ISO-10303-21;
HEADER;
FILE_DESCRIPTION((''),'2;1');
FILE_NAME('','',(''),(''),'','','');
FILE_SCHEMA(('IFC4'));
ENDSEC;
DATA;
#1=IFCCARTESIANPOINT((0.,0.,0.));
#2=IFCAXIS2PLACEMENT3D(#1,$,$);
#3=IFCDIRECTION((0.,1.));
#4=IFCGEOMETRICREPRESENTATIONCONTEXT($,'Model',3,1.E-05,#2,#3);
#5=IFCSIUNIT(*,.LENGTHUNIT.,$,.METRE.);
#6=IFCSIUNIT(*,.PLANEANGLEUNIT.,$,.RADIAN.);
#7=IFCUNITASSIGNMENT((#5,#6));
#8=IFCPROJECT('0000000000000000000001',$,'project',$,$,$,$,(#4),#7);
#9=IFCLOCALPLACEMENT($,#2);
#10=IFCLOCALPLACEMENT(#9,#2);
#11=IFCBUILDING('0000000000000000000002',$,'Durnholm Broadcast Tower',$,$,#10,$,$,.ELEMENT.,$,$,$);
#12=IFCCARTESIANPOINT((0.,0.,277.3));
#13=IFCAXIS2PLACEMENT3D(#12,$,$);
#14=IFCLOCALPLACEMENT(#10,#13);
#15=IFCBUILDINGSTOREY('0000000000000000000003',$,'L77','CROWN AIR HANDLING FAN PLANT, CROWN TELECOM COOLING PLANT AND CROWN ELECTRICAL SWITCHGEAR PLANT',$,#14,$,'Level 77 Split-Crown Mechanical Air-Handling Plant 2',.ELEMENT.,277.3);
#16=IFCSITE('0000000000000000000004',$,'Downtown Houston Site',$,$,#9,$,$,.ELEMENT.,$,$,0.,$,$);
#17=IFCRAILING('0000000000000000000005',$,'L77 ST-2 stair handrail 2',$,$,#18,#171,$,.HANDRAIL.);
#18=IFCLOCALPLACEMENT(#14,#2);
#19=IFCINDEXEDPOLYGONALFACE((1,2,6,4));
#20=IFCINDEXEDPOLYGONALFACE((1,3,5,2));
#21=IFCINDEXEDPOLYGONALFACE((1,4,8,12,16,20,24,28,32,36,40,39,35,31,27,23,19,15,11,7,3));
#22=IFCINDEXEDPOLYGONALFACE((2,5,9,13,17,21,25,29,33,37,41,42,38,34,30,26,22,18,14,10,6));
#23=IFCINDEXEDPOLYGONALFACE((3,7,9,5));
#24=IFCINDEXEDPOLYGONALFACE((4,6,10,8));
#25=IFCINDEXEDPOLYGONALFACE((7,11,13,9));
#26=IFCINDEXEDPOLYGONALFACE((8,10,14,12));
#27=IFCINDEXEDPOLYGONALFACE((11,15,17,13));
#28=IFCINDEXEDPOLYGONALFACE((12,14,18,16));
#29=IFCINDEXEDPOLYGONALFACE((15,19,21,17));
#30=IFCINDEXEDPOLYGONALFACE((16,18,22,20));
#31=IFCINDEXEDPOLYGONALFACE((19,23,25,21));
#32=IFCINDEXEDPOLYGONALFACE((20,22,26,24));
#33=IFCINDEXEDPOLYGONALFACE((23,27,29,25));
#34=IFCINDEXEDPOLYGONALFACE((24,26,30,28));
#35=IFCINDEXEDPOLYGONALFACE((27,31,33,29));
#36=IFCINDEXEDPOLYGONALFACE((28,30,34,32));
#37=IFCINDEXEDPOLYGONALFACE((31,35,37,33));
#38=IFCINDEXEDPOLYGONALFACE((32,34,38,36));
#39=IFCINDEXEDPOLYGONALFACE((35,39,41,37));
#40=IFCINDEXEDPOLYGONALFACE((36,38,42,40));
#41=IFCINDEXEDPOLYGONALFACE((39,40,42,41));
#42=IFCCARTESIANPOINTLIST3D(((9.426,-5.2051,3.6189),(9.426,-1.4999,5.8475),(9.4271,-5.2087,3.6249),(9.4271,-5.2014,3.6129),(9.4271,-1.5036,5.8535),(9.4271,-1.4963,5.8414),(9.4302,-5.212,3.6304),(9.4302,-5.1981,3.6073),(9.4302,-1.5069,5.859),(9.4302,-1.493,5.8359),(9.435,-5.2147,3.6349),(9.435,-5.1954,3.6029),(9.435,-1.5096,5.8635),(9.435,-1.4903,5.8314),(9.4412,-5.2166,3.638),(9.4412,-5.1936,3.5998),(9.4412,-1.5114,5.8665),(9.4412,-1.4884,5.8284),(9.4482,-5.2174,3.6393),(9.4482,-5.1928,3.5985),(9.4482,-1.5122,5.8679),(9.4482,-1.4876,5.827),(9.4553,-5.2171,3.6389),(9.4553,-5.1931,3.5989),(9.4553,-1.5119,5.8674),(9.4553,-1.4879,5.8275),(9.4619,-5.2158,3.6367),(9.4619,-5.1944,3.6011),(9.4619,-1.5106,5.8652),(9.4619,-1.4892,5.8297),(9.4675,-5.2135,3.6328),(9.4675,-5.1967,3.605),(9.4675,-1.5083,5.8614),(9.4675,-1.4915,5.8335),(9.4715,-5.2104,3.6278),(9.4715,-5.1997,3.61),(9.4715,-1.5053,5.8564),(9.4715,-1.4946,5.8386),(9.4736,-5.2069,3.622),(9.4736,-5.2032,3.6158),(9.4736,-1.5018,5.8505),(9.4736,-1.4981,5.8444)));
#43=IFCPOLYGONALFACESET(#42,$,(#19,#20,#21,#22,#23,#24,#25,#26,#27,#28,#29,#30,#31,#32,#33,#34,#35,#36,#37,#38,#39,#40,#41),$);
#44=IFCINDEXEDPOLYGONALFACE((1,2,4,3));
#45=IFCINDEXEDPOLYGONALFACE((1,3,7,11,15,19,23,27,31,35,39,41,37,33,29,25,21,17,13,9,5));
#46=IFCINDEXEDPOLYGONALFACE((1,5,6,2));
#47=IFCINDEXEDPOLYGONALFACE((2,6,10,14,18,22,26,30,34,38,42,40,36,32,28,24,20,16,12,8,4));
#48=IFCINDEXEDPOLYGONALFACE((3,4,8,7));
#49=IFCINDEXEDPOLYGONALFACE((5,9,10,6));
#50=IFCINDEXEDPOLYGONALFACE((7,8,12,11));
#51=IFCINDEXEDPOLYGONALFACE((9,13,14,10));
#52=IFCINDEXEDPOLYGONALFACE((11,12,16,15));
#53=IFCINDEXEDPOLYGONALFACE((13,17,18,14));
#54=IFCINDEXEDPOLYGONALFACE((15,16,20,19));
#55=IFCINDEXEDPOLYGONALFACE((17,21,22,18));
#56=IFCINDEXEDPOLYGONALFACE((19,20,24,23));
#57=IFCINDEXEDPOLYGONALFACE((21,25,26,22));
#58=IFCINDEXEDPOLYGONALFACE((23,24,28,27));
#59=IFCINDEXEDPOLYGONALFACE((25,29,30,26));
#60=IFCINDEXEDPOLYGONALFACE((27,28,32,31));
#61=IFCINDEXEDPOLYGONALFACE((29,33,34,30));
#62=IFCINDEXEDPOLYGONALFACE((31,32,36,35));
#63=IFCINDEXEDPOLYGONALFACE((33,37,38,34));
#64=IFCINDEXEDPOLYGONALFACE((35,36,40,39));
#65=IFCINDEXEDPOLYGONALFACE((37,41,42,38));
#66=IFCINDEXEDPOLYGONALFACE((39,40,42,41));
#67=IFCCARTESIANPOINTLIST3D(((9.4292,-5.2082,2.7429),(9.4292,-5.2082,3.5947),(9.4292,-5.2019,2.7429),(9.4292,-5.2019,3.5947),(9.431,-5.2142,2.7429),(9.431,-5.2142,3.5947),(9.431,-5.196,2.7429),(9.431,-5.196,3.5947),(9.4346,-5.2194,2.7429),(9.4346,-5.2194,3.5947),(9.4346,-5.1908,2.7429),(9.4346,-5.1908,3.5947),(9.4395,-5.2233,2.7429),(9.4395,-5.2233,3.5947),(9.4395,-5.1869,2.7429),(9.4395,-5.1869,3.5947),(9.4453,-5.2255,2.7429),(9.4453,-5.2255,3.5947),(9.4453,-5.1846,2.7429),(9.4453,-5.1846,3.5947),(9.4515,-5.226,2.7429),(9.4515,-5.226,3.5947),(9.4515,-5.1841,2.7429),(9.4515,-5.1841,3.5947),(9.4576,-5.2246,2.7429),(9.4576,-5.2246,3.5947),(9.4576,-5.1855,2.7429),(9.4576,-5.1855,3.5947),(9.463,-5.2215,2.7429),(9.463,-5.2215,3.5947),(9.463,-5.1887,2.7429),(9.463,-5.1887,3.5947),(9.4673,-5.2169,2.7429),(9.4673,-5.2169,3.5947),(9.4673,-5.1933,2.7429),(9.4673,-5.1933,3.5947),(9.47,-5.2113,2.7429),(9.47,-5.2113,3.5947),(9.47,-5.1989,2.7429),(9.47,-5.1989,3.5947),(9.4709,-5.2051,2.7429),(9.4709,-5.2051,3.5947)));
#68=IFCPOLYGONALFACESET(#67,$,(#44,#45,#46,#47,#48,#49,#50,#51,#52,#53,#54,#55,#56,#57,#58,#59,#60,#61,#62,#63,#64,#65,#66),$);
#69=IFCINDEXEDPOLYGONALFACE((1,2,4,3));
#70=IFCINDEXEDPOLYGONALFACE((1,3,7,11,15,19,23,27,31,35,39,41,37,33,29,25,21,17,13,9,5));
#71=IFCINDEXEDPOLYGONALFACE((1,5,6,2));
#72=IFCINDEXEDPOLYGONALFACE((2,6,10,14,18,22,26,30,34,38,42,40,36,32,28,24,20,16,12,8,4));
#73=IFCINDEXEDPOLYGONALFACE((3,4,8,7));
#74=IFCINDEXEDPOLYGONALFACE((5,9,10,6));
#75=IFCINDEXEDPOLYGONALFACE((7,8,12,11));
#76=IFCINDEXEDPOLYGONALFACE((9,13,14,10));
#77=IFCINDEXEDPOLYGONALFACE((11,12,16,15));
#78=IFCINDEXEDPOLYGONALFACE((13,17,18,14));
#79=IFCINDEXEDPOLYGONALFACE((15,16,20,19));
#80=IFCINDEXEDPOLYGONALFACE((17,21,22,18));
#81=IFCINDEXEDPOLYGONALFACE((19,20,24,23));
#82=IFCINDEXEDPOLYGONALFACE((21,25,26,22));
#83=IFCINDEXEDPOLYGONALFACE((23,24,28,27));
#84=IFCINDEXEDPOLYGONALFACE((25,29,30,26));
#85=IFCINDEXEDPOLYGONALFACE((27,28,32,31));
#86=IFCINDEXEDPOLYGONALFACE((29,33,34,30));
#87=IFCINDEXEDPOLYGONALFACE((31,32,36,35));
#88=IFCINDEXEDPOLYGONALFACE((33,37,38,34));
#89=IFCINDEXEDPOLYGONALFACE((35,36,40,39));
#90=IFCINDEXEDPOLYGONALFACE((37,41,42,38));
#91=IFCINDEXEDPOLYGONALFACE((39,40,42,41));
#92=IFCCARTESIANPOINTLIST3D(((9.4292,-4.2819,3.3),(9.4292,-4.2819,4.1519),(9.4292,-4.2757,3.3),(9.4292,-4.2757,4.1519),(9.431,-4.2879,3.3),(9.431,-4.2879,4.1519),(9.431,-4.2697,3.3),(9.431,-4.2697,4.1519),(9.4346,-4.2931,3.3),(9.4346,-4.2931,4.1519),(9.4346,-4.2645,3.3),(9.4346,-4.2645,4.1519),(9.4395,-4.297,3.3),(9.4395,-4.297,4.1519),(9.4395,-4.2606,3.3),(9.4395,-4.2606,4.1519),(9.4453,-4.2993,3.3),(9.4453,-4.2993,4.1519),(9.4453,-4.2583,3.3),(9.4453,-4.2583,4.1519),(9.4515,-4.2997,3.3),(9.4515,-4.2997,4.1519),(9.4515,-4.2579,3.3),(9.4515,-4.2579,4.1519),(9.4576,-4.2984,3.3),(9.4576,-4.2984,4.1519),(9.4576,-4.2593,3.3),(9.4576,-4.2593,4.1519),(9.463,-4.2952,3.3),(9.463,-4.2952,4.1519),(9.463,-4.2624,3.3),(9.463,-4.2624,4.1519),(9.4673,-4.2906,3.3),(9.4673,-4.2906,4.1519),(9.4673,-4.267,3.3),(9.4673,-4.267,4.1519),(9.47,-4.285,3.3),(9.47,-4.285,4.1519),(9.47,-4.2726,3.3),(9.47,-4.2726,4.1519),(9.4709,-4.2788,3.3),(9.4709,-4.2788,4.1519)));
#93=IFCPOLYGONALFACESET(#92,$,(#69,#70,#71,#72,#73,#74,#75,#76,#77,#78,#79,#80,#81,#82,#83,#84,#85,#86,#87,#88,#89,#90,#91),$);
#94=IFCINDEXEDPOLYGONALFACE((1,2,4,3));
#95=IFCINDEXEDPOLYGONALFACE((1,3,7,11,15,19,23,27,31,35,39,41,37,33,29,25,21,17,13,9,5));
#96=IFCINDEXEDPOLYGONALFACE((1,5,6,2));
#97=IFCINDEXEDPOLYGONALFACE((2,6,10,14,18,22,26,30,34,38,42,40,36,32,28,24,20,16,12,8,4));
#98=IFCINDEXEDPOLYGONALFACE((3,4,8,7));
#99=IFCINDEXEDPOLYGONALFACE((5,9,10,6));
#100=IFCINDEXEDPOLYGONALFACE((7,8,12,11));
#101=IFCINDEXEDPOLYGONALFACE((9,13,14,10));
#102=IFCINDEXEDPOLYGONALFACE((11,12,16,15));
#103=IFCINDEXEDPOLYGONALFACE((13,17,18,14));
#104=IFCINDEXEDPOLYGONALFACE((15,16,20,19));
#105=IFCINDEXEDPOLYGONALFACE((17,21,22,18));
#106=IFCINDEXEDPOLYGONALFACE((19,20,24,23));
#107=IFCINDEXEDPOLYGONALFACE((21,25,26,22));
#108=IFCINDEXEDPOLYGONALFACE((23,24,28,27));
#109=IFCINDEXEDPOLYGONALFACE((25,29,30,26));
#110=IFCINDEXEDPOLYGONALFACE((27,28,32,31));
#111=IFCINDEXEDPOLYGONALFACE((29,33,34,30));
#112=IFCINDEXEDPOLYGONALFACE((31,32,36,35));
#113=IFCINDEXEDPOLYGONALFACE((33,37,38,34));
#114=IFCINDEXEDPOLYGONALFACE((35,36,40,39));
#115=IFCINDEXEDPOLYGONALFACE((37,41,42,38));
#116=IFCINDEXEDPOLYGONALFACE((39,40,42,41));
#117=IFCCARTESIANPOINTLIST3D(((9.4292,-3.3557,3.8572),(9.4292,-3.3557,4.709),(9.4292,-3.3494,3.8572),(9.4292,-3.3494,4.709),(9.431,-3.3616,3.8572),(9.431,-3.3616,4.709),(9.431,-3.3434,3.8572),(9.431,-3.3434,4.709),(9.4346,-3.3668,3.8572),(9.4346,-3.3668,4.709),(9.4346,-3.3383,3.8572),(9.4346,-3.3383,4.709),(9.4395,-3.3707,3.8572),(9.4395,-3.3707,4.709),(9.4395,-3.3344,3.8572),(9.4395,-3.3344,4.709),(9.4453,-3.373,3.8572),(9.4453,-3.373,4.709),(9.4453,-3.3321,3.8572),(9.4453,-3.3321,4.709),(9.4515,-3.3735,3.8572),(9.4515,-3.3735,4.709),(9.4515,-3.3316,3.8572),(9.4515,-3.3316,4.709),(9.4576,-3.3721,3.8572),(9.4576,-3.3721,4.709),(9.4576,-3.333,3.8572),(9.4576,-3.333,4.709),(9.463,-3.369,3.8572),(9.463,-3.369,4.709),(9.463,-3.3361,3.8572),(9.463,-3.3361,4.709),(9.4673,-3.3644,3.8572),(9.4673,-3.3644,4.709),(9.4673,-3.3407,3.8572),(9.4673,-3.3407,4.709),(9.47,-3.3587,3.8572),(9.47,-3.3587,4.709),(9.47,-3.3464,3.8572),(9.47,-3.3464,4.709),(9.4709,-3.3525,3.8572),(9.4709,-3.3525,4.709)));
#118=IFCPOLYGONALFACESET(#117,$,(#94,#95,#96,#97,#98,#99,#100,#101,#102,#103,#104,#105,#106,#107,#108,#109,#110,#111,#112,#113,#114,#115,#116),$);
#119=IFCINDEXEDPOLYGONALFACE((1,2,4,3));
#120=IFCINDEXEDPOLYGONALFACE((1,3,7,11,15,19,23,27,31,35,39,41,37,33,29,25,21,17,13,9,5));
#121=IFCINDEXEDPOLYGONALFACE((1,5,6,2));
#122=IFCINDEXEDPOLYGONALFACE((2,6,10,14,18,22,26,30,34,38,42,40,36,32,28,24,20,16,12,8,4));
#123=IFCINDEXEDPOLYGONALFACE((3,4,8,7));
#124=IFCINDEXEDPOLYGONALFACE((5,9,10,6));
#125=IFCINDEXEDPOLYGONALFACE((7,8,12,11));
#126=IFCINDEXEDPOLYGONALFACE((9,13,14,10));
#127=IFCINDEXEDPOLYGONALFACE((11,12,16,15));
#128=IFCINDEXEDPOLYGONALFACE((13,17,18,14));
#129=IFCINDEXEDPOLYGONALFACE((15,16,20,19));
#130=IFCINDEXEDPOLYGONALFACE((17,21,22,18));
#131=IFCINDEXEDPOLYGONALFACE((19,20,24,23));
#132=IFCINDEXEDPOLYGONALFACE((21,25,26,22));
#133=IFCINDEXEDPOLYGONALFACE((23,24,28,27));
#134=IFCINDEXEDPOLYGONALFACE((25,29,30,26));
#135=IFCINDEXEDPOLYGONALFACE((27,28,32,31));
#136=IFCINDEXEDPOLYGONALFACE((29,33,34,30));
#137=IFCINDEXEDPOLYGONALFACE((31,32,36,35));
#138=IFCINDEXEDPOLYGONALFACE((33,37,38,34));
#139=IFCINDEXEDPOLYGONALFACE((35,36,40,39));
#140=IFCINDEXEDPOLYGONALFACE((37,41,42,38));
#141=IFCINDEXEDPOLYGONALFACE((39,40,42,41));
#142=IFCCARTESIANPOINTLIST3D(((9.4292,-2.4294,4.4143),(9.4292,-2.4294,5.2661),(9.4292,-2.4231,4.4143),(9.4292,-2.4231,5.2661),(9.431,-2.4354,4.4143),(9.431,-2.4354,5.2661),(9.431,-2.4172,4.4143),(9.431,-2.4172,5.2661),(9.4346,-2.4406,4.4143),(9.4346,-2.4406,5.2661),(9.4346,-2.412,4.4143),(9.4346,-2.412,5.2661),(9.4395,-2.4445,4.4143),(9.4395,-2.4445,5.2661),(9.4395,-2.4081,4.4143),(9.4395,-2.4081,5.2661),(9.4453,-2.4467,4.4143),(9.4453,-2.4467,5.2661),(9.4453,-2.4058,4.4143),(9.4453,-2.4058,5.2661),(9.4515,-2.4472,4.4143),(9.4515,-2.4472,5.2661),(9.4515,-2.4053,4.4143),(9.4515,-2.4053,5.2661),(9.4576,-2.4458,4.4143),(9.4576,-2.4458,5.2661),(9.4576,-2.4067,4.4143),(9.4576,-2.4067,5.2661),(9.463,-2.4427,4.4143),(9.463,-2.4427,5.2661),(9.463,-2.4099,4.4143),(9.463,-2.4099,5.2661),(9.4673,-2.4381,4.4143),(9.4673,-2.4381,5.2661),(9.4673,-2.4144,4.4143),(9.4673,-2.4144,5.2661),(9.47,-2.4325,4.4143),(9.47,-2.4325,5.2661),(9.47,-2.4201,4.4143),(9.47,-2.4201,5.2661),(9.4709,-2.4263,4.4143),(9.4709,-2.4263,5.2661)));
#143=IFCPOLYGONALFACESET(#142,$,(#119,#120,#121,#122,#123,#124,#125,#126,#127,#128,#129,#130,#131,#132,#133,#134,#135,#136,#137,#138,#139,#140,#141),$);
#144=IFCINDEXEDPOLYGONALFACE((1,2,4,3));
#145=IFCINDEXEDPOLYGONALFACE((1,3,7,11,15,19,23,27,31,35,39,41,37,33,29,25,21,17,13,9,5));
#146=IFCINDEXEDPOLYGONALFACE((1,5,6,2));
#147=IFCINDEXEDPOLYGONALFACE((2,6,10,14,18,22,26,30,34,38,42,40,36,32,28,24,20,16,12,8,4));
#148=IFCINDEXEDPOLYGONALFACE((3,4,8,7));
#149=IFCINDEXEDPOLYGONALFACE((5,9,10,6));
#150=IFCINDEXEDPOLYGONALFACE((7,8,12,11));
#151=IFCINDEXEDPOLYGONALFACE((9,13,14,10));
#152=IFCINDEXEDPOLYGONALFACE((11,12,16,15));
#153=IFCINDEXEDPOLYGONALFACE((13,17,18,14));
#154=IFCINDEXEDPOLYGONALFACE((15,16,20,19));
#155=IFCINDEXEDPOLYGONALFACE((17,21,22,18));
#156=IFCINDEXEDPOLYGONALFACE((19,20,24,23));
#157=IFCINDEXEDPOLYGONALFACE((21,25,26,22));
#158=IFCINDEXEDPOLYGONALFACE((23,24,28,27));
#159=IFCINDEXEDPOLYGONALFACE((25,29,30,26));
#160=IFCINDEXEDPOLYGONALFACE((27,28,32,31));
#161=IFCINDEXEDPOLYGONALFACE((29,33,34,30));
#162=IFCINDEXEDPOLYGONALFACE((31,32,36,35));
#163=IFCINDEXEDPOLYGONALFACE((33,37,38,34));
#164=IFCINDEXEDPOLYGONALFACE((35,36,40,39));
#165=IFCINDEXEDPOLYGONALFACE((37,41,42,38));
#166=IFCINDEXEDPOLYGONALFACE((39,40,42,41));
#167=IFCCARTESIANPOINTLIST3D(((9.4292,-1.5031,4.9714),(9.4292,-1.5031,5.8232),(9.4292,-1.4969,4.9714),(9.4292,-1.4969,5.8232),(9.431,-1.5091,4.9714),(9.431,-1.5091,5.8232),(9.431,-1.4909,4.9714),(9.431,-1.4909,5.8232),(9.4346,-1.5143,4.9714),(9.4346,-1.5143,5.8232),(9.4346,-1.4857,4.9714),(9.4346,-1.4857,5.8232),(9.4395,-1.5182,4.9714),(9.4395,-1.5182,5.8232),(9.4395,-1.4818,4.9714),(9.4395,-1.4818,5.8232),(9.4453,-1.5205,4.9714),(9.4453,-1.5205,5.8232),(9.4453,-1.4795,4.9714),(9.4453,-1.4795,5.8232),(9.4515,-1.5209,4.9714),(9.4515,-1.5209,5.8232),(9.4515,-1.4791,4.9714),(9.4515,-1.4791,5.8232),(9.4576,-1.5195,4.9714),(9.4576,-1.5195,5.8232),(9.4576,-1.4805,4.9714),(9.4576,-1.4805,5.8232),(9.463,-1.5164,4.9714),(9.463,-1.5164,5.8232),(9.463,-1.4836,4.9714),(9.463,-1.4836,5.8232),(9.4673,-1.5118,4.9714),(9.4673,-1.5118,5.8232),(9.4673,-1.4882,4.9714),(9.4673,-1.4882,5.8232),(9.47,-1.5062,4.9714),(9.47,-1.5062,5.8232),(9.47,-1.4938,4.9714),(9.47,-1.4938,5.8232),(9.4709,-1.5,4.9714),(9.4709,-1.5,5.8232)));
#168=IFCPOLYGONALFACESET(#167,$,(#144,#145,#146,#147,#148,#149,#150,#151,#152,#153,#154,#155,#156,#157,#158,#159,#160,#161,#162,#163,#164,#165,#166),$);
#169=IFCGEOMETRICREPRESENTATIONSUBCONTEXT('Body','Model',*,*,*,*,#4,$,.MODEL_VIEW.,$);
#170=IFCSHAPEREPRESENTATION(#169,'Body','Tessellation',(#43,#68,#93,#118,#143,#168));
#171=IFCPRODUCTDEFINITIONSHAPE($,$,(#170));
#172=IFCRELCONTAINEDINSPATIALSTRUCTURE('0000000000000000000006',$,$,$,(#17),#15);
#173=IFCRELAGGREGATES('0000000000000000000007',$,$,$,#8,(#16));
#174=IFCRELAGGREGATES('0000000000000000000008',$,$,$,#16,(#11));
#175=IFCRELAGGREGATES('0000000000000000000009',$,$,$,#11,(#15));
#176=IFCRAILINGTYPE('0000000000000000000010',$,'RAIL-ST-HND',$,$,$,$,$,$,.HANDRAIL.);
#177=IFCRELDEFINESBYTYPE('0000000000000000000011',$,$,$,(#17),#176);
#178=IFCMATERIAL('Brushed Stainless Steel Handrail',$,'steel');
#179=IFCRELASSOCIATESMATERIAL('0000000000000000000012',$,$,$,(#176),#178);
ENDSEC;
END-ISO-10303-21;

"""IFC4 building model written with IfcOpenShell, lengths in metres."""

from ifc_helpers import new_model, si_unit, direction, frame, origin, origin_2d, place, context, subcontext, project, spatial, circle, extrude, material, type_object, element, save


model = new_model("IFC4")

# Units and contexts
model_context = context("Model", 3, precision=1e-05, world=origin(), true_north=direction((0.0, 1.0)))
body_context = subcontext(model_context, "Body", "Model", "MODEL_VIEW")
ifc_project = project(units=[si_unit("LENGTHUNIT", "METRE"), si_unit("PLANEANGLEUNIT", "RADIAN")], contexts=[model_context])

# Site, building, storey
site_placement = place(None, origin())
site = spatial("IfcSite", under=ifc_project, at=site_placement, Name="Downtown Houston Site", CompositionType="ELEMENT", RefElevation=0.0)
building_placement = place(site_placement, origin())
building = spatial("IfcBuilding", under=site, at=building_placement, Name="Durnholm Broadcast Tower", CompositionType="ELEMENT")
storey_placement = place(building_placement, frame((0.0, 0.0, 277.3)))
storey = spatial("IfcBuildingStorey", under=building, at=storey_placement, Name="L77", Description="CROWN AIR HANDLING FAN PLANT, CROWN TELECOM COOLING PLANT AND CROWN ELECTRICAL SWITCHGEAR PLANT", LongName="Level 77 Split-Crown Mechanical Air-Handling Plant 2", CompositionType="ELEMENT", Elevation=277.3)

# Railing
ifc_material_1 = material(Name="Brushed Stainless Steel Handrail", Category="steel")
railing_type_1 = type_object("IfcRailingType", Name="RAIL-ST-HND", PredefinedType="HANDRAIL", material=ifc_material_1)
railing_1_placement = place(storey_placement, frame((9.45, -5.2051, 2.7429)))
element("IfcRailing", 1, at=railing_1_placement, inside=storey, type_object=railing_type_1, Name="L77 ST-2 stair handrail 2", PredefinedType="HANDRAIL", context=body_context, shape_type="SweptSolid", body=[
    extrude(circle(Radius=0.0239, at=origin_2d()), frame((0.0, 0.0, 0.876), z_axis=(0.0, 0.856934, 0.515425), x_axis=(-1.0, 0.0, 0.0)), (0.0, 0.0, 1.0), 4.3237),
    extrude(circle(Radius=0.021, at=origin_2d()), origin(), (0.0, 0.0, 1.0), 0.8518),
    extrude(circle(Radius=0.021, at=origin_2d()), frame((0.0, 0.9263, 0.5571)), (0.0, 0.0, 1.0), 0.8518),
    extrude(circle(Radius=0.021, at=origin_2d()), frame((0.0, 1.8525, 1.1143)), (0.0, 0.0, 1.0), 0.8518),
    extrude(circle(Radius=0.021, at=origin_2d()), frame((0.0, 2.7788, 1.6714)), (0.0, 0.0, 1.0), 0.8518),
    extrude(circle(Radius=0.021, at=origin_2d()), frame((0.0, 3.7051, 2.2285)), (0.0, 0.0, 1.0), 0.8518),
])

save(model, "model.ifc")
